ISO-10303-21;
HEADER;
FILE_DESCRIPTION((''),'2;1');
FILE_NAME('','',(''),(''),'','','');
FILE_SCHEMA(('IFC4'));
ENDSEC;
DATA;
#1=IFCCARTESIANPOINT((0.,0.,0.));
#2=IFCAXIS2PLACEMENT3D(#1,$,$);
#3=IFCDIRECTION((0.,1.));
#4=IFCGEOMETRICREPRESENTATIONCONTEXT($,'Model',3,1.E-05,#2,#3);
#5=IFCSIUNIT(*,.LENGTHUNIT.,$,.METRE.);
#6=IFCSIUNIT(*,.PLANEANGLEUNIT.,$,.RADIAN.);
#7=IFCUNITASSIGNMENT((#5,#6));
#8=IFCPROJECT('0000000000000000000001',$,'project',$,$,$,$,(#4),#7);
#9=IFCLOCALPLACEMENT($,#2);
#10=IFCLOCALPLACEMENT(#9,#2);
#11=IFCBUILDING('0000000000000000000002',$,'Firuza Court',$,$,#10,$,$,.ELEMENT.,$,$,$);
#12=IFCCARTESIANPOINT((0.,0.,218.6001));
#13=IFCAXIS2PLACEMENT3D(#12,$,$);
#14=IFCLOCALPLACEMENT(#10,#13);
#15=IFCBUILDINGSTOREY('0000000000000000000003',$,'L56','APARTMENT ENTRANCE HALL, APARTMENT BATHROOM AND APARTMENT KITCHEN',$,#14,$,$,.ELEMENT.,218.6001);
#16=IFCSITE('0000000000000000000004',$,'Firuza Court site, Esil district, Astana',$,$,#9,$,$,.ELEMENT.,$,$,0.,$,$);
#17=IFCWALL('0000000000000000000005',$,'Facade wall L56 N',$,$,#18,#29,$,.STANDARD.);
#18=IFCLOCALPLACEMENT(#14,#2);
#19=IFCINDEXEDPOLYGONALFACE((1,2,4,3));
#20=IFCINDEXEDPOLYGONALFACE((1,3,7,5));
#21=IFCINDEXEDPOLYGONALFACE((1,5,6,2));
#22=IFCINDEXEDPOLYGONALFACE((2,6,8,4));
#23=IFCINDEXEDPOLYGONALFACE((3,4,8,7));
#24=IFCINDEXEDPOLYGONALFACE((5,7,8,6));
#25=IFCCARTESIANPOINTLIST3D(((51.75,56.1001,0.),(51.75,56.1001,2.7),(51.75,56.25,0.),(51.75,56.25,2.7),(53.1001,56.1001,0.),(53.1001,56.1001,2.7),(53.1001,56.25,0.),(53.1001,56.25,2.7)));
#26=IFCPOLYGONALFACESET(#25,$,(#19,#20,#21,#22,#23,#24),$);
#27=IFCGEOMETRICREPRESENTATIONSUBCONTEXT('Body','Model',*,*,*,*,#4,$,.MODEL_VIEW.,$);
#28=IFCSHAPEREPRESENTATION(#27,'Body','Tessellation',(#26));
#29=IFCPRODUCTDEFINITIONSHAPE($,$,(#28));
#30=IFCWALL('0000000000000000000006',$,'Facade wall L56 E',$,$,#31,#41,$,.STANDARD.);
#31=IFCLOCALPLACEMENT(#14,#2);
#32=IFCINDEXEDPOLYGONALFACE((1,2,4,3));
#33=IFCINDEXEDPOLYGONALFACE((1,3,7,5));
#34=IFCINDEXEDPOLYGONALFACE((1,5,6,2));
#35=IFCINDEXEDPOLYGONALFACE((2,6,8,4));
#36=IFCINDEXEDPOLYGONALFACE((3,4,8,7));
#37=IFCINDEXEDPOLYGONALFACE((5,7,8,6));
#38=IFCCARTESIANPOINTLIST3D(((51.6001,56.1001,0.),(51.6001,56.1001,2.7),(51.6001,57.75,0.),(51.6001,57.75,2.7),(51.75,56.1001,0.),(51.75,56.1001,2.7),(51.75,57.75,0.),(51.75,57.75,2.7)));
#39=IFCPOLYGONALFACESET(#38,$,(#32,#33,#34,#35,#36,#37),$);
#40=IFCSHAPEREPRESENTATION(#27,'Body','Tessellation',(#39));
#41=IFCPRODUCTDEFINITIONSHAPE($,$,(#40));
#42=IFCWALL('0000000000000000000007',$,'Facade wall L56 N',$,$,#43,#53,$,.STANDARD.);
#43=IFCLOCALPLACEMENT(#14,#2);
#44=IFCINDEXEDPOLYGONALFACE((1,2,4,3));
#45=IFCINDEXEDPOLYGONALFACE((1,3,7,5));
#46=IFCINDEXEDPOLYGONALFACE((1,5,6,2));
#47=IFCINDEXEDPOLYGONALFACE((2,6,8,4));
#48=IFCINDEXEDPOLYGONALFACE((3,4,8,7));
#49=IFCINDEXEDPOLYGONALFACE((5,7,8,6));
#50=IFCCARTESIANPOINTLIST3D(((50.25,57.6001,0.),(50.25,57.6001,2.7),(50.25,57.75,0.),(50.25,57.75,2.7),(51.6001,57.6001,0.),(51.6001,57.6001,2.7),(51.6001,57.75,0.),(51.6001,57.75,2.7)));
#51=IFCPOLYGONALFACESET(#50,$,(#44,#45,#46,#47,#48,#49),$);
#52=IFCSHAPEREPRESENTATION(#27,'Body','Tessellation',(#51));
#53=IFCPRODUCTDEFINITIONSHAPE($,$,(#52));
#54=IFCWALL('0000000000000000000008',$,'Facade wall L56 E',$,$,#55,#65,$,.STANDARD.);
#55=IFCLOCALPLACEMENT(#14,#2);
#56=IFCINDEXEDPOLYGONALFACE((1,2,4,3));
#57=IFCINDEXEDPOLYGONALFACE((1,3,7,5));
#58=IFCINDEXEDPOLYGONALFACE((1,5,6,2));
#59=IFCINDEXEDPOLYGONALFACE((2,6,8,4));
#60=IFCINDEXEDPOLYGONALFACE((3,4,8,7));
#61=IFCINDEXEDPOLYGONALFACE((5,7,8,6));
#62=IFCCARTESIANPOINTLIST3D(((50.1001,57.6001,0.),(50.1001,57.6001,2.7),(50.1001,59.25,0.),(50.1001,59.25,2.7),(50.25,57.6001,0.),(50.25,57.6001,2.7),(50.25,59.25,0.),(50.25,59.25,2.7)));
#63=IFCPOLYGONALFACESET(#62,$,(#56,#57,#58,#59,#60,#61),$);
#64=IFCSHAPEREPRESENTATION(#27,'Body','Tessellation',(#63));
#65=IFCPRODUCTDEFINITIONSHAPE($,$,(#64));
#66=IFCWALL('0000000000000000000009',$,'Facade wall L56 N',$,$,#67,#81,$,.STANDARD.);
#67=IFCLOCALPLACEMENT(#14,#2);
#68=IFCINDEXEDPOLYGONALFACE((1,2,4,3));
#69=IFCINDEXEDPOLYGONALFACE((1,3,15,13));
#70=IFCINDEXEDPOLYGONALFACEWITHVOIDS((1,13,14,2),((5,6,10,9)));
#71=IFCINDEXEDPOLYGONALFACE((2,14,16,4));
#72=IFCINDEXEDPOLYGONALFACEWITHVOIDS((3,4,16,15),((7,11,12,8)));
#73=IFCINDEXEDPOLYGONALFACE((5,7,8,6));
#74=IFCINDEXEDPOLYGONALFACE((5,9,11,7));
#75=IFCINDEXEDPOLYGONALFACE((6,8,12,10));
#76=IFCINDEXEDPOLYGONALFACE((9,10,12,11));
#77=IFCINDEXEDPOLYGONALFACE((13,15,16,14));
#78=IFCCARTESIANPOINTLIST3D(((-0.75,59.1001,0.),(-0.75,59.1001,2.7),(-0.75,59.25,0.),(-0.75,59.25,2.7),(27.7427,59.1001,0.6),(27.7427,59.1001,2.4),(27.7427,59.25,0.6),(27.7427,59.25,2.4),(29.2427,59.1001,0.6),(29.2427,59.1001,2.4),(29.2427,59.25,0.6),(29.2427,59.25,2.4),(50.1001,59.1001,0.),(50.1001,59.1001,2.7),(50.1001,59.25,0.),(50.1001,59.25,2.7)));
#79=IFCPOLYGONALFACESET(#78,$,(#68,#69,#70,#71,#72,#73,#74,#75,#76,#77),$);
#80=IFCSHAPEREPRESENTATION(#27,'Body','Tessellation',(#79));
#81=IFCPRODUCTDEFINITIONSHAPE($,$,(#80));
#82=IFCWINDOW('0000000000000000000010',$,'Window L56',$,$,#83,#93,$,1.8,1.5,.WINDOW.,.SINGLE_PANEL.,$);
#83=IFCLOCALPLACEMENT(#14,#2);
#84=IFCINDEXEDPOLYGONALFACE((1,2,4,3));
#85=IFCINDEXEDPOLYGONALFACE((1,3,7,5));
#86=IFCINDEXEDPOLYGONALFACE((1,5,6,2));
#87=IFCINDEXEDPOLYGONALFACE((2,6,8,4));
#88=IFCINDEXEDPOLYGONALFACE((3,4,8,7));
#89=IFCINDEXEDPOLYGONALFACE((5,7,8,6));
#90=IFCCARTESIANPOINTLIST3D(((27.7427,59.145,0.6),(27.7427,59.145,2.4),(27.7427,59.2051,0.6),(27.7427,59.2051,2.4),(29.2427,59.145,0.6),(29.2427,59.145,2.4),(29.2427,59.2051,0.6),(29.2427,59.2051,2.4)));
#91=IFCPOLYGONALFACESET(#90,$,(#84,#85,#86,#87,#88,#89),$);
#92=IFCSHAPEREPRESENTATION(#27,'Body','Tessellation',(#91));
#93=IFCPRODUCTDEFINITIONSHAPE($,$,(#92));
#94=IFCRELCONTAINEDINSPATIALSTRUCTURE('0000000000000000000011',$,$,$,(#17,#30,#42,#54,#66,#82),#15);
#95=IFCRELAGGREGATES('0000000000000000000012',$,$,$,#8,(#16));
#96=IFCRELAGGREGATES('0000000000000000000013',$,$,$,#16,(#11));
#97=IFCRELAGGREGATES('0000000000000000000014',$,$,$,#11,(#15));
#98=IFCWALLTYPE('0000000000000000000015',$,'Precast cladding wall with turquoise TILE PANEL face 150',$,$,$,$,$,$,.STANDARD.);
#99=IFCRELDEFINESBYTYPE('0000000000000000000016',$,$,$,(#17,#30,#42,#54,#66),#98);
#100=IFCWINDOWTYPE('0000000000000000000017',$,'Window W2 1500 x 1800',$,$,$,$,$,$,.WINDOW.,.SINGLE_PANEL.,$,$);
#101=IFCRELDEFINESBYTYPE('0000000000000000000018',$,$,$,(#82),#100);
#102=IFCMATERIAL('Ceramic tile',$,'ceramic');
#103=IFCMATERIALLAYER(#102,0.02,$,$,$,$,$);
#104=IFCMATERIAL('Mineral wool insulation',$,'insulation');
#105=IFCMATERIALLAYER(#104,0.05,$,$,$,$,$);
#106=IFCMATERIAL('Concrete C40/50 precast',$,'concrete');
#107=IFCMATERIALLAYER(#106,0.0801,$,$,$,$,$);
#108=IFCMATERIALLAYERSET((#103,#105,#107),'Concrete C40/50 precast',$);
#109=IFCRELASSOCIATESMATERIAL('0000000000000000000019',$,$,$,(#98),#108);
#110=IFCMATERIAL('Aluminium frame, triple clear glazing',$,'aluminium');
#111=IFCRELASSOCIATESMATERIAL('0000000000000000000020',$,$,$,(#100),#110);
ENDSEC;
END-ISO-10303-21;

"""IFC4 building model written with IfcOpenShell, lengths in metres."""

from ifc_helpers import new_model, si_unit, direction, frame, frame_2d, origin, place, context, subcontext, project, spatial, rectangle, extrude, material, layer, layer_set, type_object, element, fill, save


model = new_model("IFC4")

# Units and contexts
model_context = context("Model", 3, precision=1e-05, world=origin(), true_north=direction((0.0, 1.0)))
body_context = subcontext(model_context, "Body", "Model", "MODEL_VIEW")
ifc_project = project(units=[si_unit("LENGTHUNIT", "METRE"), si_unit("PLANEANGLEUNIT", "RADIAN")], contexts=[model_context])

# Site, building, storey
site_placement = place(None, origin())
site = spatial("IfcSite", under=ifc_project, at=site_placement, Name="Firuza Court site, Esil district, Astana", CompositionType="ELEMENT", RefElevation=0.0)
building_placement = place(site_placement, origin())
building = spatial("IfcBuilding", under=site, at=building_placement, Name="Firuza Court", CompositionType="ELEMENT")
storey_placement = place(building_placement, frame((0.0, 0.0, 218.6001)))
storey = spatial("IfcBuildingStorey", under=building, at=storey_placement, Name="L56", Description="APARTMENT ENTRANCE HALL, APARTMENT BATHROOM AND APARTMENT KITCHEN", CompositionType="ELEMENT", Elevation=218.6001)

# Walls
ifc_material_1 = material(Name="Ceramic tile", Category="ceramic")
ifc_layer_1 = layer(ifc_material_1, 0.02)
ifc_material_2 = material(Name="Mineral wool insulation", Category="insulation")
ifc_layer_2 = layer(ifc_material_2, 0.05)
ifc_material_3 = material(Name="Concrete C40/50 precast", Category="concrete")
ifc_layer_3 = layer(ifc_material_3, 0.0801)
ifc_layer_set_1 = layer_set([ifc_layer_1, ifc_layer_2, ifc_layer_3], Name="Concrete C40/50 precast")
wall_type_1 = type_object("IfcWallType", Name="Precast cladding wall with turquoise TILE PANEL face 150", PredefinedType="STANDARD", material=ifc_layer_set_1)
wall_1_placement = place(storey_placement, frame((53.1001, 56.175, 0.0), z_axis=(0.0, 0.0, 1.0), x_axis=(-1.0, 0.0, 0.0)))
element("IfcWall", 1, at=wall_1_placement, inside=storey, type_object=wall_type_1, Name="Facade wall L56 N", PredefinedType="STANDARD", context=body_context, shape_type="SweptSolid", body=[
    extrude(rectangle(XDim=1.3501, YDim=0.1499, at=frame_2d((0.675, 0.0))), origin(), (0.0, 0.0, 1.0), 2.7),
])
wall_2_placement = place(storey_placement, frame((51.675, 56.1001, 0.0), z_axis=(0.0, 0.0, 1.0), x_axis=(0.0, 1.0, 0.0)))
element("IfcWall", 2, at=wall_2_placement, inside=storey, type_object=wall_type_1, Name="Facade wall L56 E", PredefinedType="STANDARD", context=body_context, shape_type="SweptSolid", body=[
    extrude(rectangle(XDim=1.6499, YDim=0.1499, at=frame_2d((0.825, 0.0))), origin(), (0.0, 0.0, 1.0), 2.7),
])
wall_3_placement = place(storey_placement, frame((51.6001, 57.675, 0.0), z_axis=(0.0, 0.0, 1.0), x_axis=(-1.0, 0.0, 0.0)))
element("IfcWall", 3, at=wall_3_placement, inside=storey, type_object=wall_type_1, Name="Facade wall L56 N", PredefinedType="STANDARD", context=body_context, shape_type="SweptSolid", body=[
    extrude(rectangle(XDim=1.3501, YDim=0.1499, at=frame_2d((0.675, 0.0))), origin(), (0.0, 0.0, 1.0), 2.7),
])
wall_4_placement = place(storey_placement, frame((50.175, 57.6001, 0.0), z_axis=(0.0, 0.0, 1.0), x_axis=(0.0, 1.0, 0.0)))
element("IfcWall", 4, at=wall_4_placement, inside=storey, type_object=wall_type_1, Name="Facade wall L56 E", PredefinedType="STANDARD", context=body_context, shape_type="SweptSolid", body=[
    extrude(rectangle(XDim=1.6499, YDim=0.1499, at=frame_2d((0.825, 0.0))), origin(), (0.0, 0.0, 1.0), 2.7),
])

# Wall, opening, window
wall_5_placement = place(storey_placement, frame((50.1001, 59.175, 0.0), z_axis=(0.0, 0.0, 1.0), x_axis=(-1.0, 0.0, 0.0)))
wall_5 = element("IfcWall", 5, at=wall_5_placement, inside=storey, type_object=wall_type_1, Name="Facade wall L56 N", PredefinedType="STANDARD", context=body_context, shape_type="SweptSolid", body=[
    extrude(rectangle(XDim=50.8501, YDim=0.1499, at=frame_2d((25.425, 0.0))), origin(), (0.0, 0.0, 1.0), 2.7),
])
opening_1_placement = place(wall_5_placement, frame((20.8574, 0.0, 0.6001)))
opening_1 = element("IfcOpeningElement", 6, at=opening_1_placement, cuts=wall_5, PredefinedType="OPENING", context=body_context, shape_type="SweptSolid", body=[
    extrude(rectangle(XDim=1.5, YDim=1.8, at=frame_2d((0.75, 0.8999))), frame((0.0, 0.0869, 0.0), z_axis=(0.0, -1.0, 0.0), x_axis=(1.0, 0.0, 0.0)), (0.0, 0.0, 1.0), 0.1738),
])
ifc_material_4 = material(Name="Aluminium frame, triple clear glazing", Category="aluminium")
window_type = type_object("IfcWindowType", Name="Window W2 1500 x 1800", PartitioningType="SINGLE_PANEL", PredefinedType="WINDOW", material=ifc_material_4)
window_placement = place(opening_1_placement, origin())
window = element("IfcWindow", 7, at=window_placement, inside=storey, type_object=window_type, Name="Window L56", OverallHeight=1.8, OverallWidth=1.5, PartitioningType="SINGLE_PANEL", PredefinedType="WINDOW", context=body_context, shape_type="SweptSolid", body=[
    extrude(rectangle(XDim=1.5, YDim=1.8, at=frame_2d((0.75, 0.8999))), frame((0.0, 0.03, 0.0), z_axis=(0.0, -1.0, 0.0), x_axis=(1.0, 0.0, 0.0)), (0.0, 0.0, 1.0), 0.0601),
])
fill(opening_1, window)

save(model, "model.ifc")
